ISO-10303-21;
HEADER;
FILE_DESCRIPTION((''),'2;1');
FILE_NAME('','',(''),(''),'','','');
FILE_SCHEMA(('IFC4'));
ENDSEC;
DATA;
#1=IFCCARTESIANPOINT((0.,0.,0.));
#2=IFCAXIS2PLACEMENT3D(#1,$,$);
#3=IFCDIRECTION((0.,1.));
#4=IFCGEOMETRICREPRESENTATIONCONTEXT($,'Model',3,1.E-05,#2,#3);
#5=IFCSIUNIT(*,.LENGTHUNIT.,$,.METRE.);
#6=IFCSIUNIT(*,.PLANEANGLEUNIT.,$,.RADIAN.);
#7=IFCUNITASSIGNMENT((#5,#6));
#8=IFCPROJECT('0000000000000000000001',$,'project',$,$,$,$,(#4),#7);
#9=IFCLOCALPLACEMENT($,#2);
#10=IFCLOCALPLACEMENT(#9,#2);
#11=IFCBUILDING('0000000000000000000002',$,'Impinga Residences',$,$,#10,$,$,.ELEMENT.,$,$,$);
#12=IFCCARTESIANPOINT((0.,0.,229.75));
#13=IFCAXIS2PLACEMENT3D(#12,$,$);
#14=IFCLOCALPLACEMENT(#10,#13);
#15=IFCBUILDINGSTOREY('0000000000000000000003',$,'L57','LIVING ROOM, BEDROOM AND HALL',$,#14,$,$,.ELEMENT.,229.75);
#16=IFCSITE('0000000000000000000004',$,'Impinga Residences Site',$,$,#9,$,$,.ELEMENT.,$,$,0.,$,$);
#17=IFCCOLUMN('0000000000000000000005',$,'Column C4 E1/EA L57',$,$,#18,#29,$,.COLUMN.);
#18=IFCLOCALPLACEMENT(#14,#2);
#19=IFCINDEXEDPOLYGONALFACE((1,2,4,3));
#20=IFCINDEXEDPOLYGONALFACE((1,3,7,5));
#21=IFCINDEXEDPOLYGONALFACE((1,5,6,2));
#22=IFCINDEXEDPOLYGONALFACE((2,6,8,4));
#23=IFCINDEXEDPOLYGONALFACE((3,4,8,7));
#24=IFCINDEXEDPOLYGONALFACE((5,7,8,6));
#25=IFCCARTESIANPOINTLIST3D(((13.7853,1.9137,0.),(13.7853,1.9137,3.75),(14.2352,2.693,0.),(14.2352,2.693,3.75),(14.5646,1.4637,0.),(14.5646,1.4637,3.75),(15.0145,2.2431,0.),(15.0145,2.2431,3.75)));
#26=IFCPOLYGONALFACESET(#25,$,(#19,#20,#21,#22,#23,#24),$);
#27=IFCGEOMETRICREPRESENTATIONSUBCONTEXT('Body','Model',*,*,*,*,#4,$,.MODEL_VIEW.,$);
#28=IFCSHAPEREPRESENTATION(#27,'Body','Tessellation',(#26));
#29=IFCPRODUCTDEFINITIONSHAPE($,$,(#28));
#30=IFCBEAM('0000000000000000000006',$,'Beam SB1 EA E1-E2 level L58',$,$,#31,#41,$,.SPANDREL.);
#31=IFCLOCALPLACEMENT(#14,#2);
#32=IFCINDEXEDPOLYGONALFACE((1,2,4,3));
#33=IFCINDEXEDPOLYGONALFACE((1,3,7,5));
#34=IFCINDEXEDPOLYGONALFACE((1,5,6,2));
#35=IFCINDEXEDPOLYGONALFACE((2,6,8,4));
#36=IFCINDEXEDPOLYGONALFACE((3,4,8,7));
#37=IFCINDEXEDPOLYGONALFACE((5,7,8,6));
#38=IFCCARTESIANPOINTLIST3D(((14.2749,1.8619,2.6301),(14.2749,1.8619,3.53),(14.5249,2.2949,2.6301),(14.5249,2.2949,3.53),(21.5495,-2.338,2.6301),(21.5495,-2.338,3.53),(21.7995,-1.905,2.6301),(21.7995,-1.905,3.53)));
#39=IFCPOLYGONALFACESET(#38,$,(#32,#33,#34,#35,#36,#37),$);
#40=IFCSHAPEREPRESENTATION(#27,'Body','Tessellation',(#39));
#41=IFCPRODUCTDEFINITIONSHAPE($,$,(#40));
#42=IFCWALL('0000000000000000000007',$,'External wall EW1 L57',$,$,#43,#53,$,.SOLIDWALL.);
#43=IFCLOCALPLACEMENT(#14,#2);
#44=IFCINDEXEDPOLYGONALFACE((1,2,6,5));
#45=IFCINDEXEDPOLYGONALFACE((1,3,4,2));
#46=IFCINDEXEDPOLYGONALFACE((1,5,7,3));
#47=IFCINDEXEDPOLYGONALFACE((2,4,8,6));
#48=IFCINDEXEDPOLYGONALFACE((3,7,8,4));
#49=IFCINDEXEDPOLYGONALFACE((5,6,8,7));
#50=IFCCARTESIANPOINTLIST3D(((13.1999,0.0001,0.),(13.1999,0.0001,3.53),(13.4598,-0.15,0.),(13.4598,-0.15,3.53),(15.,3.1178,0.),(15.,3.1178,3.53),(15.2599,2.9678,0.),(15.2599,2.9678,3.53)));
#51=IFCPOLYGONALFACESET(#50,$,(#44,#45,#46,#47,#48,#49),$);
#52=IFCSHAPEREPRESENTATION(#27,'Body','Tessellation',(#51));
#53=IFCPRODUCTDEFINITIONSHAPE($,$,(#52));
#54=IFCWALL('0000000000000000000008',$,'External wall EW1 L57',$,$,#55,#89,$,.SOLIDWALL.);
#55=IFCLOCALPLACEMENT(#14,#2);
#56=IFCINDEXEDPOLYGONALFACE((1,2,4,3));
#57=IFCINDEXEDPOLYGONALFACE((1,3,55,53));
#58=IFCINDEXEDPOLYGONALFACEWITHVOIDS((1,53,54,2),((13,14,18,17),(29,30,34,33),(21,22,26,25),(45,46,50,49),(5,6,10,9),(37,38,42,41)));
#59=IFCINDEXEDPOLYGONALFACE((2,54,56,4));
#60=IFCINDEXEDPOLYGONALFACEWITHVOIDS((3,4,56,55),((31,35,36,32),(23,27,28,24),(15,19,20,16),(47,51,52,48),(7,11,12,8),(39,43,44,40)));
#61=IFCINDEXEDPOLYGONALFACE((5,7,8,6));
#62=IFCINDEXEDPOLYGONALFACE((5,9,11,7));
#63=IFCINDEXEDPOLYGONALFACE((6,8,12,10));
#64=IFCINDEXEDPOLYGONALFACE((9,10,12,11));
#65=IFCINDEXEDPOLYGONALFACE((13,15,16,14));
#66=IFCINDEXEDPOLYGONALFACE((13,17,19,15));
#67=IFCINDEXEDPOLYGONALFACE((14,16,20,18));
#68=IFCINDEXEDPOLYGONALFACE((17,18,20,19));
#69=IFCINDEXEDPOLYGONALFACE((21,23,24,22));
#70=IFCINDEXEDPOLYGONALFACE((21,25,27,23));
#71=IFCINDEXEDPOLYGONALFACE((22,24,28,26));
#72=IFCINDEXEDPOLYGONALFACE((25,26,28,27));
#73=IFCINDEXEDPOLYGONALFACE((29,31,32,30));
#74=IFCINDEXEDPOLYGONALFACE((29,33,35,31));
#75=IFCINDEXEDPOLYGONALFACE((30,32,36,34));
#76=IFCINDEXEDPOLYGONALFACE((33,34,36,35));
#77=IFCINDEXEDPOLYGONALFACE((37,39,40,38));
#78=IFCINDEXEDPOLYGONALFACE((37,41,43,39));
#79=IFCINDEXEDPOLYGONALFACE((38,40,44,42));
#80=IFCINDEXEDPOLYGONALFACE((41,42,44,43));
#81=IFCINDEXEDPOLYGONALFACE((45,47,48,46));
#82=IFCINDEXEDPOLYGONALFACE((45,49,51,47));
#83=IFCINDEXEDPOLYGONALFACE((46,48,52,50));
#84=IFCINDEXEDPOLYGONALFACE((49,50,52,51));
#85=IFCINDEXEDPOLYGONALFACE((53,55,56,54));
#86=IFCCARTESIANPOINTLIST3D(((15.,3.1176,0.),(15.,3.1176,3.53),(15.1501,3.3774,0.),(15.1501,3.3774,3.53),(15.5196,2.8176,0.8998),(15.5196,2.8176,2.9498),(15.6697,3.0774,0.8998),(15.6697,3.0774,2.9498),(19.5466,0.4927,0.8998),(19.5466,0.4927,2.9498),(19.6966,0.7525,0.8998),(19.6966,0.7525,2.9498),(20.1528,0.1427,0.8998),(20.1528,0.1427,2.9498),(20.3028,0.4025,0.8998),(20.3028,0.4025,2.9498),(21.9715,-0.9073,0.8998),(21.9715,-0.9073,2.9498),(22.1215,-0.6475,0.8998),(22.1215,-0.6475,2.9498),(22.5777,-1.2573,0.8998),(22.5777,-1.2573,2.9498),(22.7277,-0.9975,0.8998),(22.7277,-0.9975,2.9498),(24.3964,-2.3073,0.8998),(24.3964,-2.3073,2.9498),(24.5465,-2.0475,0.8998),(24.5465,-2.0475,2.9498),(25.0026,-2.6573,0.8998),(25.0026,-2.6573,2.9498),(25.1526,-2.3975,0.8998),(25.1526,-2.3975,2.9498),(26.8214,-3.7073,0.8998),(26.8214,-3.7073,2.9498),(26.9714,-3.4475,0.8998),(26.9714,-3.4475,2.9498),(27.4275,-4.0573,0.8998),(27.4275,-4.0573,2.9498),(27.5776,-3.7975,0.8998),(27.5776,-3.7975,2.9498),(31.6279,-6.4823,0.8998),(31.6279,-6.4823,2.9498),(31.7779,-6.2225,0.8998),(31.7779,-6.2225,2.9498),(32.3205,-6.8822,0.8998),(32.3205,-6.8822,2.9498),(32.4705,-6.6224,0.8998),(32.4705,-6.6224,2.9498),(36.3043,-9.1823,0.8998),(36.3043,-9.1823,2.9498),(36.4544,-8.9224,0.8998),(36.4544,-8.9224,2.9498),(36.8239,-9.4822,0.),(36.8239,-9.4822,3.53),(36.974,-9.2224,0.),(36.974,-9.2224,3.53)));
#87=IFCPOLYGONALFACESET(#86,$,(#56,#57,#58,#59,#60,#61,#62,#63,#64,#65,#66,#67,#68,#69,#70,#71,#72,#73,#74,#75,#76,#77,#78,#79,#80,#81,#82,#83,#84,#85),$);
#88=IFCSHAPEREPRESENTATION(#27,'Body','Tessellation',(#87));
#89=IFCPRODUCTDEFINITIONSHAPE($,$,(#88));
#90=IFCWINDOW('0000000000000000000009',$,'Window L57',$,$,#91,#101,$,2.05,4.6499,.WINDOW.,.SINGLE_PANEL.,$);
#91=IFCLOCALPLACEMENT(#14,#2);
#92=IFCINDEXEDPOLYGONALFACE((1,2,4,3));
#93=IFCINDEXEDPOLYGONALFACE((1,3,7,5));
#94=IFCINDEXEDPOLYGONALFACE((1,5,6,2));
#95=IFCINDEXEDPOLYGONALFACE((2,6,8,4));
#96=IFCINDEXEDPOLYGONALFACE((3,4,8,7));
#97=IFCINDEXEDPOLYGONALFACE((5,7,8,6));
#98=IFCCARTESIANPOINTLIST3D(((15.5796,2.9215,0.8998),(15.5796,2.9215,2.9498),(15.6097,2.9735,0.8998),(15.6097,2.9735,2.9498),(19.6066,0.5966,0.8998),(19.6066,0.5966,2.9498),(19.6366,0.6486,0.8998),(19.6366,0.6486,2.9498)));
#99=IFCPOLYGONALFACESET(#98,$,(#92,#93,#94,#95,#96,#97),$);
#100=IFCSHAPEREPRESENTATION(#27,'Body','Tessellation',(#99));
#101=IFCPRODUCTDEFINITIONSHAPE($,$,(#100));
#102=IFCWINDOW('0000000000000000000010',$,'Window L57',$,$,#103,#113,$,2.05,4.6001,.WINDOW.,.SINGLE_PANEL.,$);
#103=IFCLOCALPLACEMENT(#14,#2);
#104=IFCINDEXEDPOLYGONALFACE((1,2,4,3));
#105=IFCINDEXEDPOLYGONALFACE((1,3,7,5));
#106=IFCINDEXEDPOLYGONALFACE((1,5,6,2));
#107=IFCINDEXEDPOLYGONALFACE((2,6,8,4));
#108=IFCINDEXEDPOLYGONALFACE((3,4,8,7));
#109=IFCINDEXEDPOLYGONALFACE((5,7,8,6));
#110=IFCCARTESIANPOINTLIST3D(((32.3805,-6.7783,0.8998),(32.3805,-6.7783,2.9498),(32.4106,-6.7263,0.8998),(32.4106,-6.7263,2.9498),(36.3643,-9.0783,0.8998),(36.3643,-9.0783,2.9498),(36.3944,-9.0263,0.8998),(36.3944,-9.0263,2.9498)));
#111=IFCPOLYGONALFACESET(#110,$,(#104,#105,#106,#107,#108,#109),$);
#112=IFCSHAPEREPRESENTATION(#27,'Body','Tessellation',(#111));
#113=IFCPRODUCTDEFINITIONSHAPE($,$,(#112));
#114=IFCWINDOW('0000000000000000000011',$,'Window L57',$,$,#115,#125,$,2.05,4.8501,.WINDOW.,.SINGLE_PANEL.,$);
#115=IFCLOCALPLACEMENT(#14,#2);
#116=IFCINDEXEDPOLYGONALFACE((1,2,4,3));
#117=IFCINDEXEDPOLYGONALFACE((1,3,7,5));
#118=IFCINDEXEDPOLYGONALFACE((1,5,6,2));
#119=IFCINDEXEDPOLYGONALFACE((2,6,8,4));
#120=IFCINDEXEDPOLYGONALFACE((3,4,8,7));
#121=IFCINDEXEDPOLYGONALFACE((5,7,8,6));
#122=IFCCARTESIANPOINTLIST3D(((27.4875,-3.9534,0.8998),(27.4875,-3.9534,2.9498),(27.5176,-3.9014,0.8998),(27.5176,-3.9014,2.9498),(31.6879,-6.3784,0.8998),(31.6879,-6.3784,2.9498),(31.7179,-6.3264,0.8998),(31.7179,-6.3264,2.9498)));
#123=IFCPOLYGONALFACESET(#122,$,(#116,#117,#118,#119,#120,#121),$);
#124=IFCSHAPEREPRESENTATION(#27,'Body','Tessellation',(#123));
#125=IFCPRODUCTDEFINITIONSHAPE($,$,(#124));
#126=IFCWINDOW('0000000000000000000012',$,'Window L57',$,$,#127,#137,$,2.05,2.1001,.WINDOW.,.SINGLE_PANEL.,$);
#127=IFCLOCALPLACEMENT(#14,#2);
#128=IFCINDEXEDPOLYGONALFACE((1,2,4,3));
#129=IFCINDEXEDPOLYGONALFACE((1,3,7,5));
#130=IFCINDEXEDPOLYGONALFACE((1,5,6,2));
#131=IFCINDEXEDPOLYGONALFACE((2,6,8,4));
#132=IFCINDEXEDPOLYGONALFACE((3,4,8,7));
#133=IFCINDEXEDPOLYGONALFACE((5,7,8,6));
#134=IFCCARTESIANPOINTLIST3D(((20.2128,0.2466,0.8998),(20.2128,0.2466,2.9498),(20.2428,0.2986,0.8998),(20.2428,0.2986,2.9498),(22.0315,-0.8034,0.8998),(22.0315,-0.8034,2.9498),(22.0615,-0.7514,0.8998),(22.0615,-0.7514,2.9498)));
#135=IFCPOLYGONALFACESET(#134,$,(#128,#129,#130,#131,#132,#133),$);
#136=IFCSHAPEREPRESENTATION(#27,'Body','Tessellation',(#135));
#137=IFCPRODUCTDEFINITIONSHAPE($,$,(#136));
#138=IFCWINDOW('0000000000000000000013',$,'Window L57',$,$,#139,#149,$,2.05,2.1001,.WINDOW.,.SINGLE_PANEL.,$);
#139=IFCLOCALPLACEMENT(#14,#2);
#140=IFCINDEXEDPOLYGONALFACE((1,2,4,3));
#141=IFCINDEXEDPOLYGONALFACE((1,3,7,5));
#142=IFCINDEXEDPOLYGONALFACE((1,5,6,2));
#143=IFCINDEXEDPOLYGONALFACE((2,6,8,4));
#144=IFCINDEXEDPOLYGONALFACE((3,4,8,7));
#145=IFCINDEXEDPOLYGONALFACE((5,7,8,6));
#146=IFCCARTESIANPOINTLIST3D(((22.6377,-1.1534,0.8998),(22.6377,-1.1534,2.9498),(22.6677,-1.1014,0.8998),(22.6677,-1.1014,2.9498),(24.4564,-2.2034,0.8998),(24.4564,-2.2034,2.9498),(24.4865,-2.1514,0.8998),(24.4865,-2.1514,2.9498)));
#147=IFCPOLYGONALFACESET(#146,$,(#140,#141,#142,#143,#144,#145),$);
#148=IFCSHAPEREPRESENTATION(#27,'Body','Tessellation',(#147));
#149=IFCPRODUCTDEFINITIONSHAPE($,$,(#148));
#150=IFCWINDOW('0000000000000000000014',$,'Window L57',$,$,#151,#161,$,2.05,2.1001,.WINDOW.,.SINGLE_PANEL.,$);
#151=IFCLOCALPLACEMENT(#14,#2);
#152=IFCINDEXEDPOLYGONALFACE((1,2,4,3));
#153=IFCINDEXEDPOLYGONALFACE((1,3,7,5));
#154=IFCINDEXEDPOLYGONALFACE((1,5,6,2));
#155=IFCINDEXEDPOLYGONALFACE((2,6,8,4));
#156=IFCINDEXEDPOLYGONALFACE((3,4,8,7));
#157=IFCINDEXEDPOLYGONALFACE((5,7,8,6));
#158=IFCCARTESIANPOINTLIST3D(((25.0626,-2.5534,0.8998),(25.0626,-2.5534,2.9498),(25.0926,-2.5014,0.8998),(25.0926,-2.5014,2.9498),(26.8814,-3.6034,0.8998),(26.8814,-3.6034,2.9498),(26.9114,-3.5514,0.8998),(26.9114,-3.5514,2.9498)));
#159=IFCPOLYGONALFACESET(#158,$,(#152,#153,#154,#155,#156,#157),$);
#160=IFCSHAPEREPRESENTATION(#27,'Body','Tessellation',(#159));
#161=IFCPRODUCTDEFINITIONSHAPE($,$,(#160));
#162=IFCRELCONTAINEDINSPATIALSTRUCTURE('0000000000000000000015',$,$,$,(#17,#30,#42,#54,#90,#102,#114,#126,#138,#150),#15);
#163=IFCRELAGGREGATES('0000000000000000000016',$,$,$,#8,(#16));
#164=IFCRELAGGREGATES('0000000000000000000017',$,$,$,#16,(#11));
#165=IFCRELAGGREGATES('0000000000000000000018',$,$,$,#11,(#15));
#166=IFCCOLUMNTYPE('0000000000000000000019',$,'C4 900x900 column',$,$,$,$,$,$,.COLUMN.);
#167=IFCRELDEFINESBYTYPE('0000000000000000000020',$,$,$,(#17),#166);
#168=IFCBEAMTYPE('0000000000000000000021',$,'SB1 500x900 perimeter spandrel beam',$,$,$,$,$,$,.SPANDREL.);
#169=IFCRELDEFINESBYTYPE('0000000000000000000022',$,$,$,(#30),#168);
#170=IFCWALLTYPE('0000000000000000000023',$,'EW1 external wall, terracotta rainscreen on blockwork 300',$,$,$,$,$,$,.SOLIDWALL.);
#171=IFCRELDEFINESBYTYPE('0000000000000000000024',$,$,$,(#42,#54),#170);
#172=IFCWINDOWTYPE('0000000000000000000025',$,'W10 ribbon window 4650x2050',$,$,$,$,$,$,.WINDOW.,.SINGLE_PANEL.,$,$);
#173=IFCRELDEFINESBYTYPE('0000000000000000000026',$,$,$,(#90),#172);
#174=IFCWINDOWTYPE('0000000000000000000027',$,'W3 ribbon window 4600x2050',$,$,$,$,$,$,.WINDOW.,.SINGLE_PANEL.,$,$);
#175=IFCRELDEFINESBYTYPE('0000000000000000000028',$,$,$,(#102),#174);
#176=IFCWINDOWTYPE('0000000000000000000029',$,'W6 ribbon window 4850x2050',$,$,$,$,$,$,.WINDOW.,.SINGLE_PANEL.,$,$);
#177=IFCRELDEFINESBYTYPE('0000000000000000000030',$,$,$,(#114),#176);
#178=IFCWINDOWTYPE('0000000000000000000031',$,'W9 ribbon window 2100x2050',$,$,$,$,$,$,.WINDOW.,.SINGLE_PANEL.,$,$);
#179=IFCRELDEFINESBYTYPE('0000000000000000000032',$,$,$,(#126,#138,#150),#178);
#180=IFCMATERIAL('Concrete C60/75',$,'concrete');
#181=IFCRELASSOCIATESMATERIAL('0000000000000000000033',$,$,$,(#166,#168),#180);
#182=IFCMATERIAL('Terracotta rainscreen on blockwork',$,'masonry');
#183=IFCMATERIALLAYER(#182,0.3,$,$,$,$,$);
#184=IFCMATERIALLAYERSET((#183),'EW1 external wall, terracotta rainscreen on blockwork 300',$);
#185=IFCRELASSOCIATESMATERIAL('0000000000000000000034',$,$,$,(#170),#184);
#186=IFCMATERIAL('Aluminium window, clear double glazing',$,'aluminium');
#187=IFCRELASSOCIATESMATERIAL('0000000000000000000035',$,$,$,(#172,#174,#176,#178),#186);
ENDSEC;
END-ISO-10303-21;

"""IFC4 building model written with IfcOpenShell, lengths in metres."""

from ifc_helpers import new_model, si_unit, direction, frame, frame_2d, origin, origin_2d, place, context, subcontext, project, spatial, rectangle, extrude, material, layer, layer_set, material_profile, profile_set, type_object, element, fill, save


model = new_model("IFC4")

# Units and contexts
model_context = context("Model", 3, precision=1e-05, world=origin(), true_north=direction((0.0, 1.0)))
body_context = subcontext(model_context, "Body", "Model", "MODEL_VIEW")
ifc_project = project(units=[si_unit("LENGTHUNIT", "METRE"), si_unit("PLANEANGLEUNIT", "RADIAN")], contexts=[model_context])

# Site, building, storey
site_placement = place(None, origin())
site = spatial("IfcSite", under=ifc_project, at=site_placement, Name="Impinga Residences Site", CompositionType="ELEMENT", RefElevation=0.0)
building_placement = place(site_placement, origin())
building = spatial("IfcBuilding", under=site, at=building_placement, Name="Impinga Residences", CompositionType="ELEMENT")
storey_placement = place(building_placement, frame((0.0, 0.0, 229.75)))
storey = spatial("IfcBuildingStorey", under=building, at=storey_placement, Name="L57", Description="LIVING ROOM, BEDROOM AND HALL", CompositionType="ELEMENT", Elevation=229.75)

# Column
ifc_material_1 = material(Name="Concrete C60/75", Category="concrete")
ifc_material_profile_1 = material_profile(ifc_material_1, rectangle(XDim=0.8999, YDim=0.8999, at=origin_2d()), Name="RC 900x900")
ifc_profile_set_1 = profile_set([ifc_material_profile_1], Name="Concrete C60/75")
column_type = type_object("IfcColumnType", Name="C4 900x900 column", PredefinedType="COLUMN", material=ifc_profile_set_1)
column_placement = place(storey_placement, frame((14.3999, 2.0784, 0.0), z_axis=(0.0, 0.0, 1.0), x_axis=(-0.5, -0.866025, 0.0)))
element("IfcColumn", 1, at=column_placement, inside=storey, type_object=column_type, Name="Column C4 E1/EA L57", PredefinedType="COLUMN", context=body_context, shape_type="SweptSolid", body=[
    extrude(rectangle(XDim=0.8999, YDim=0.8999, at=origin_2d()), origin(), (0.0, 0.0, 1.0), 3.75),
])

# Beam
ifc_material_profile_2 = material_profile(ifc_material_1, rectangle(XDim=0.5, YDim=0.8999, at=origin_2d()), Name="RC 500x900")
ifc_profile_set_2 = profile_set([ifc_material_profile_2], Name="Concrete C60/75")
beam_type = type_object("IfcBeamType", Name="SB1 500x900 perimeter spandrel beam", PredefinedType="SPANDREL", material=ifc_profile_set_2)
beam_placement = place(storey_placement, frame((14.3999, 2.0784, 3.0801), z_axis=(0.866029, -0.499993, 0.0), x_axis=(0.499993, 0.866029, 0.0)))
element("IfcBeam", 2, at=beam_placement, inside=storey, type_object=beam_type, Name="Beam SB1 EA E1-E2 level L58", PredefinedType="SPANDREL", context=body_context, shape_type="SweptSolid", body=[
    extrude(rectangle(XDim=0.5, YDim=0.8999, at=origin_2d()), origin(), (0.0, 0.0, 1.0), 8.3999),
])

# Wall
ifc_material_2 = material(Name="Terracotta rainscreen on blockwork", Category="masonry")
ifc_layer_1 = layer(ifc_material_2, 0.3)
ifc_layer_set_1 = layer_set([ifc_layer_1], Name="EW1 external wall, terracotta rainscreen on blockwork 300")
wall_type_1 = type_object("IfcWallType", Name="EW1 external wall, terracotta rainscreen on blockwork 300", PredefinedType="SOLIDWALL", material=ifc_layer_set_1)
wall_1_placement = place(storey_placement, frame((13.3298, -0.075, 0.0), z_axis=(0.0, 0.0, 1.0), x_axis=(0.500012, 0.866018, 0.0)))
element("IfcWall", 3, at=wall_1_placement, inside=storey, type_object=wall_type_1, Name="External wall EW1 L57", PredefinedType="SOLIDWALL", context=body_context, shape_type="SweptSolid", body=[
    extrude(rectangle(XDim=3.6001, YDim=0.3, at=frame_2d((1.8, 0.0))), origin(), (0.0, 0.0, 1.0), 3.53),
])

# Wall, openings, windows
wall_2_placement = place(storey_placement, frame((15.075, 3.2476, 0.0), z_axis=(0.0, 0.0, 1.0), x_axis=(0.866029, -0.499993, 0.0)))
wall_2 = element("IfcWall", 4, at=wall_2_placement, inside=storey, type_object=wall_type_1, Name="External wall EW1 L57", PredefinedType="SOLIDWALL", context=body_context, shape_type="SweptSolid", body=[
    extrude(rectangle(XDim=25.2, YDim=0.3, at=frame_2d((12.6001, 0.0))), origin(), (0.0, 0.0, 1.0), 3.53),
])
opening_1_placement = place(wall_2_placement, frame((0.6001, 0.0, 0.8999)))
opening_1 = element("IfcOpeningElement", 5, at=opening_1_placement, cuts=wall_2, PredefinedType="OPENING", context=body_context, shape_type="SweptSolid", body=[
    extrude(rectangle(XDim=4.6499, YDim=2.05, at=frame_2d((2.325, 1.0249))), frame((0.0, 0.1599, 0.0), z_axis=(0.0, -1.0, 0.0), x_axis=(1.0, 0.0, 0.0)), (0.0, 0.0, 1.0), 0.3201),
])
opening_2_placement = place(wall_2_placement, frame((5.95, 0.0, 0.8999)))
opening_2 = element("IfcOpeningElement", 6, at=opening_2_placement, cuts=wall_2, PredefinedType="OPENING", context=body_context, shape_type="SweptSolid", body=[
    extrude(rectangle(XDim=2.1001, YDim=2.05, at=frame_2d((1.05, 1.0249))), frame((0.0, 0.1599, 0.0), z_axis=(0.0, -1.0, 0.0), x_axis=(1.0, 0.0, 0.0)), (0.0, 0.0, 1.0), 0.3201),
])
opening_3_placement = place(wall_2_placement, frame((8.75, 0.0, 0.8999)))
opening_3 = element("IfcOpeningElement", 7, at=opening_3_placement, cuts=wall_2, PredefinedType="OPENING", context=body_context, shape_type="SweptSolid", body=[
    extrude(rectangle(XDim=2.1001, YDim=2.05, at=frame_2d((1.05, 1.0249))), frame((0.0, 0.1599, 0.0), z_axis=(0.0, -1.0, 0.0), x_axis=(1.0, 0.0, 0.0)), (0.0, 0.0, 1.0), 0.3201),
])
opening_4_placement = place(wall_2_placement, frame((11.55, 0.0, 0.8999)))
opening_4 = element("IfcOpeningElement", 8, at=opening_4_placement, cuts=wall_2, PredefinedType="OPENING", context=body_context, shape_type="SweptSolid", body=[
    extrude(rectangle(XDim=2.1001, YDim=2.05, at=frame_2d((1.05, 1.0249))), frame((0.0, 0.1599, 0.0), z_axis=(0.0, -1.0, 0.0), x_axis=(1.0, 0.0, 0.0)), (0.0, 0.0, 1.0), 0.3201),
])
opening_5_placement = place(wall_2_placement, frame((14.3501, 0.0, 0.8999)))
opening_5 = element("IfcOpeningElement", 9, at=opening_5_placement, cuts=wall_2, PredefinedType="OPENING", context=body_context, shape_type="SweptSolid", body=[
    extrude(rectangle(XDim=4.8501, YDim=2.05, at=frame_2d((2.425, 1.0249))), frame((0.0, 0.1599, 0.0), z_axis=(0.0, -1.0, 0.0), x_axis=(1.0, 0.0, 0.0)), (0.0, 0.0, 1.0), 0.3201),
])
opening_6_placement = place(wall_2_placement, frame((20.0, 0.0, 0.8999)))
opening_6 = element("IfcOpeningElement", 10, at=opening_6_placement, cuts=wall_2, PredefinedType="OPENING", context=body_context, shape_type="SweptSolid", body=[
    extrude(rectangle(XDim=4.6001, YDim=2.05, at=frame_2d((2.3, 1.0249))), frame((0.0, 0.1599, 0.0), z_axis=(0.0, -1.0, 0.0), x_axis=(1.0, 0.0, 0.0)), (0.0, 0.0, 1.0), 0.3201),
])
ifc_material_3 = material(Name="Aluminium window, clear double glazing", Category="aluminium")
window_type_1 = type_object("IfcWindowType", Name="W10 ribbon window 4650x2050", PartitioningType="SINGLE_PANEL", PredefinedType="WINDOW", material=ifc_material_3)
window_1_placement = place(opening_1_placement, origin())
window_1 = element("IfcWindow", 11, at=window_1_placement, inside=storey, type_object=window_type_1, Name="Window L57", OverallHeight=2.05, OverallWidth=4.6499, PartitioningType="SINGLE_PANEL", PredefinedType="WINDOW", context=body_context, shape_type="SweptSolid", body=[
    extrude(rectangle(XDim=4.6499, YDim=2.05, at=frame_2d((2.325, 1.0249))), frame((0.0, 0.03, 0.0), z_axis=(0.0, -1.0, 0.0), x_axis=(1.0, 0.0, 0.0)), (0.0, 0.0, 1.0), 0.0601),
])
fill(opening_1, window_1)
window_type_2 = type_object("IfcWindowType", Name="W3 ribbon window 4600x2050", PartitioningType="SINGLE_PANEL", PredefinedType="WINDOW", material=ifc_material_3)
window_2_placement = place(opening_6_placement, origin())
window_2 = element("IfcWindow", 12, at=window_2_placement, inside=storey, type_object=window_type_2, Name="Window L57", OverallHeight=2.05, OverallWidth=4.6001, PartitioningType="SINGLE_PANEL", PredefinedType="WINDOW", context=body_context, shape_type="SweptSolid", body=[
    extrude(rectangle(XDim=4.6001, YDim=2.05, at=frame_2d((2.3, 1.0249))), frame((0.0, 0.03, 0.0), z_axis=(0.0, -1.0, 0.0), x_axis=(1.0, 0.0, 0.0)), (0.0, 0.0, 1.0), 0.0601),
])
fill(opening_6, window_2)
window_type_3 = type_object("IfcWindowType", Name="W6 ribbon window 4850x2050", PartitioningType="SINGLE_PANEL", PredefinedType="WINDOW", material=ifc_material_3)
window_3_placement = place(opening_5_placement, origin())
window_3 = element("IfcWindow", 13, at=window_3_placement, inside=storey, type_object=window_type_3, Name="Window L57", OverallHeight=2.05, OverallWidth=4.8501, PartitioningType="SINGLE_PANEL", PredefinedType="WINDOW", context=body_context, shape_type="SweptSolid", body=[
    extrude(rectangle(XDim=4.8501, YDim=2.05, at=frame_2d((2.425, 1.0249))), frame((0.0, 0.03, 0.0), z_axis=(0.0, -1.0, 0.0), x_axis=(1.0, 0.0, 0.0)), (0.0, 0.0, 1.0), 0.0601),
])
fill(opening_5, window_3)
window_type_4 = type_object("IfcWindowType", Name="W9 ribbon window 2100x2050", PartitioningType="SINGLE_PANEL", PredefinedType="WINDOW", material=ifc_material_3)
window_4_placement = place(opening_2_placement, origin())
window_4 = element("IfcWindow", 14, at=window_4_placement, inside=storey, type_object=window_type_4, Name="Window L57", OverallHeight=2.05, OverallWidth=2.1001, PartitioningType="SINGLE_PANEL", PredefinedType="WINDOW", context=body_context, shape_type="SweptSolid", body=[
    extrude(rectangle(XDim=2.1001, YDim=2.05, at=frame_2d((1.05, 1.0249))), frame((0.0, 0.03, 0.0), z_axis=(0.0, -1.0, 0.0), x_axis=(1.0, 0.0, 0.0)), (0.0, 0.0, 1.0), 0.0601),
])
fill(opening_2, window_4)
window_5_placement = place(opening_3_placement, origin())
window_5 = element("IfcWindow", 15, at=window_5_placement, inside=storey, type_object=window_type_4, Name="Window L57", OverallHeight=2.05, OverallWidth=2.1001, PartitioningType="SINGLE_PANEL", PredefinedType="WINDOW", context=body_context, shape_type="SweptSolid", body=[
    extrude(rectangle(XDim=2.1001, YDim=2.05, at=frame_2d((1.05, 1.0249))), frame((0.0, 0.03, 0.0), z_axis=(0.0, -1.0, 0.0), x_axis=(1.0, 0.0, 0.0)), (0.0, 0.0, 1.0), 0.0601),
])
fill(opening_3, window_5)
window_6_placement = place(opening_4_placement, origin())
window_6 = element("IfcWindow", 16, at=window_6_placement, inside=storey, type_object=window_type_4, Name="Window L57", OverallHeight=2.05, OverallWidth=2.1001, PartitioningType="SINGLE_PANEL", PredefinedType="WINDOW", context=body_context, shape_type="SweptSolid", body=[
    extrude(rectangle(XDim=2.1001, YDim=2.05, at=frame_2d((1.05, 1.0249))), frame((0.0, 0.03, 0.0), z_axis=(0.0, -1.0, 0.0), x_axis=(1.0, 0.0, 0.0)), (0.0, 0.0, 1.0), 0.0601),
])
fill(opening_4, window_6)

save(model, "model.ifc")
